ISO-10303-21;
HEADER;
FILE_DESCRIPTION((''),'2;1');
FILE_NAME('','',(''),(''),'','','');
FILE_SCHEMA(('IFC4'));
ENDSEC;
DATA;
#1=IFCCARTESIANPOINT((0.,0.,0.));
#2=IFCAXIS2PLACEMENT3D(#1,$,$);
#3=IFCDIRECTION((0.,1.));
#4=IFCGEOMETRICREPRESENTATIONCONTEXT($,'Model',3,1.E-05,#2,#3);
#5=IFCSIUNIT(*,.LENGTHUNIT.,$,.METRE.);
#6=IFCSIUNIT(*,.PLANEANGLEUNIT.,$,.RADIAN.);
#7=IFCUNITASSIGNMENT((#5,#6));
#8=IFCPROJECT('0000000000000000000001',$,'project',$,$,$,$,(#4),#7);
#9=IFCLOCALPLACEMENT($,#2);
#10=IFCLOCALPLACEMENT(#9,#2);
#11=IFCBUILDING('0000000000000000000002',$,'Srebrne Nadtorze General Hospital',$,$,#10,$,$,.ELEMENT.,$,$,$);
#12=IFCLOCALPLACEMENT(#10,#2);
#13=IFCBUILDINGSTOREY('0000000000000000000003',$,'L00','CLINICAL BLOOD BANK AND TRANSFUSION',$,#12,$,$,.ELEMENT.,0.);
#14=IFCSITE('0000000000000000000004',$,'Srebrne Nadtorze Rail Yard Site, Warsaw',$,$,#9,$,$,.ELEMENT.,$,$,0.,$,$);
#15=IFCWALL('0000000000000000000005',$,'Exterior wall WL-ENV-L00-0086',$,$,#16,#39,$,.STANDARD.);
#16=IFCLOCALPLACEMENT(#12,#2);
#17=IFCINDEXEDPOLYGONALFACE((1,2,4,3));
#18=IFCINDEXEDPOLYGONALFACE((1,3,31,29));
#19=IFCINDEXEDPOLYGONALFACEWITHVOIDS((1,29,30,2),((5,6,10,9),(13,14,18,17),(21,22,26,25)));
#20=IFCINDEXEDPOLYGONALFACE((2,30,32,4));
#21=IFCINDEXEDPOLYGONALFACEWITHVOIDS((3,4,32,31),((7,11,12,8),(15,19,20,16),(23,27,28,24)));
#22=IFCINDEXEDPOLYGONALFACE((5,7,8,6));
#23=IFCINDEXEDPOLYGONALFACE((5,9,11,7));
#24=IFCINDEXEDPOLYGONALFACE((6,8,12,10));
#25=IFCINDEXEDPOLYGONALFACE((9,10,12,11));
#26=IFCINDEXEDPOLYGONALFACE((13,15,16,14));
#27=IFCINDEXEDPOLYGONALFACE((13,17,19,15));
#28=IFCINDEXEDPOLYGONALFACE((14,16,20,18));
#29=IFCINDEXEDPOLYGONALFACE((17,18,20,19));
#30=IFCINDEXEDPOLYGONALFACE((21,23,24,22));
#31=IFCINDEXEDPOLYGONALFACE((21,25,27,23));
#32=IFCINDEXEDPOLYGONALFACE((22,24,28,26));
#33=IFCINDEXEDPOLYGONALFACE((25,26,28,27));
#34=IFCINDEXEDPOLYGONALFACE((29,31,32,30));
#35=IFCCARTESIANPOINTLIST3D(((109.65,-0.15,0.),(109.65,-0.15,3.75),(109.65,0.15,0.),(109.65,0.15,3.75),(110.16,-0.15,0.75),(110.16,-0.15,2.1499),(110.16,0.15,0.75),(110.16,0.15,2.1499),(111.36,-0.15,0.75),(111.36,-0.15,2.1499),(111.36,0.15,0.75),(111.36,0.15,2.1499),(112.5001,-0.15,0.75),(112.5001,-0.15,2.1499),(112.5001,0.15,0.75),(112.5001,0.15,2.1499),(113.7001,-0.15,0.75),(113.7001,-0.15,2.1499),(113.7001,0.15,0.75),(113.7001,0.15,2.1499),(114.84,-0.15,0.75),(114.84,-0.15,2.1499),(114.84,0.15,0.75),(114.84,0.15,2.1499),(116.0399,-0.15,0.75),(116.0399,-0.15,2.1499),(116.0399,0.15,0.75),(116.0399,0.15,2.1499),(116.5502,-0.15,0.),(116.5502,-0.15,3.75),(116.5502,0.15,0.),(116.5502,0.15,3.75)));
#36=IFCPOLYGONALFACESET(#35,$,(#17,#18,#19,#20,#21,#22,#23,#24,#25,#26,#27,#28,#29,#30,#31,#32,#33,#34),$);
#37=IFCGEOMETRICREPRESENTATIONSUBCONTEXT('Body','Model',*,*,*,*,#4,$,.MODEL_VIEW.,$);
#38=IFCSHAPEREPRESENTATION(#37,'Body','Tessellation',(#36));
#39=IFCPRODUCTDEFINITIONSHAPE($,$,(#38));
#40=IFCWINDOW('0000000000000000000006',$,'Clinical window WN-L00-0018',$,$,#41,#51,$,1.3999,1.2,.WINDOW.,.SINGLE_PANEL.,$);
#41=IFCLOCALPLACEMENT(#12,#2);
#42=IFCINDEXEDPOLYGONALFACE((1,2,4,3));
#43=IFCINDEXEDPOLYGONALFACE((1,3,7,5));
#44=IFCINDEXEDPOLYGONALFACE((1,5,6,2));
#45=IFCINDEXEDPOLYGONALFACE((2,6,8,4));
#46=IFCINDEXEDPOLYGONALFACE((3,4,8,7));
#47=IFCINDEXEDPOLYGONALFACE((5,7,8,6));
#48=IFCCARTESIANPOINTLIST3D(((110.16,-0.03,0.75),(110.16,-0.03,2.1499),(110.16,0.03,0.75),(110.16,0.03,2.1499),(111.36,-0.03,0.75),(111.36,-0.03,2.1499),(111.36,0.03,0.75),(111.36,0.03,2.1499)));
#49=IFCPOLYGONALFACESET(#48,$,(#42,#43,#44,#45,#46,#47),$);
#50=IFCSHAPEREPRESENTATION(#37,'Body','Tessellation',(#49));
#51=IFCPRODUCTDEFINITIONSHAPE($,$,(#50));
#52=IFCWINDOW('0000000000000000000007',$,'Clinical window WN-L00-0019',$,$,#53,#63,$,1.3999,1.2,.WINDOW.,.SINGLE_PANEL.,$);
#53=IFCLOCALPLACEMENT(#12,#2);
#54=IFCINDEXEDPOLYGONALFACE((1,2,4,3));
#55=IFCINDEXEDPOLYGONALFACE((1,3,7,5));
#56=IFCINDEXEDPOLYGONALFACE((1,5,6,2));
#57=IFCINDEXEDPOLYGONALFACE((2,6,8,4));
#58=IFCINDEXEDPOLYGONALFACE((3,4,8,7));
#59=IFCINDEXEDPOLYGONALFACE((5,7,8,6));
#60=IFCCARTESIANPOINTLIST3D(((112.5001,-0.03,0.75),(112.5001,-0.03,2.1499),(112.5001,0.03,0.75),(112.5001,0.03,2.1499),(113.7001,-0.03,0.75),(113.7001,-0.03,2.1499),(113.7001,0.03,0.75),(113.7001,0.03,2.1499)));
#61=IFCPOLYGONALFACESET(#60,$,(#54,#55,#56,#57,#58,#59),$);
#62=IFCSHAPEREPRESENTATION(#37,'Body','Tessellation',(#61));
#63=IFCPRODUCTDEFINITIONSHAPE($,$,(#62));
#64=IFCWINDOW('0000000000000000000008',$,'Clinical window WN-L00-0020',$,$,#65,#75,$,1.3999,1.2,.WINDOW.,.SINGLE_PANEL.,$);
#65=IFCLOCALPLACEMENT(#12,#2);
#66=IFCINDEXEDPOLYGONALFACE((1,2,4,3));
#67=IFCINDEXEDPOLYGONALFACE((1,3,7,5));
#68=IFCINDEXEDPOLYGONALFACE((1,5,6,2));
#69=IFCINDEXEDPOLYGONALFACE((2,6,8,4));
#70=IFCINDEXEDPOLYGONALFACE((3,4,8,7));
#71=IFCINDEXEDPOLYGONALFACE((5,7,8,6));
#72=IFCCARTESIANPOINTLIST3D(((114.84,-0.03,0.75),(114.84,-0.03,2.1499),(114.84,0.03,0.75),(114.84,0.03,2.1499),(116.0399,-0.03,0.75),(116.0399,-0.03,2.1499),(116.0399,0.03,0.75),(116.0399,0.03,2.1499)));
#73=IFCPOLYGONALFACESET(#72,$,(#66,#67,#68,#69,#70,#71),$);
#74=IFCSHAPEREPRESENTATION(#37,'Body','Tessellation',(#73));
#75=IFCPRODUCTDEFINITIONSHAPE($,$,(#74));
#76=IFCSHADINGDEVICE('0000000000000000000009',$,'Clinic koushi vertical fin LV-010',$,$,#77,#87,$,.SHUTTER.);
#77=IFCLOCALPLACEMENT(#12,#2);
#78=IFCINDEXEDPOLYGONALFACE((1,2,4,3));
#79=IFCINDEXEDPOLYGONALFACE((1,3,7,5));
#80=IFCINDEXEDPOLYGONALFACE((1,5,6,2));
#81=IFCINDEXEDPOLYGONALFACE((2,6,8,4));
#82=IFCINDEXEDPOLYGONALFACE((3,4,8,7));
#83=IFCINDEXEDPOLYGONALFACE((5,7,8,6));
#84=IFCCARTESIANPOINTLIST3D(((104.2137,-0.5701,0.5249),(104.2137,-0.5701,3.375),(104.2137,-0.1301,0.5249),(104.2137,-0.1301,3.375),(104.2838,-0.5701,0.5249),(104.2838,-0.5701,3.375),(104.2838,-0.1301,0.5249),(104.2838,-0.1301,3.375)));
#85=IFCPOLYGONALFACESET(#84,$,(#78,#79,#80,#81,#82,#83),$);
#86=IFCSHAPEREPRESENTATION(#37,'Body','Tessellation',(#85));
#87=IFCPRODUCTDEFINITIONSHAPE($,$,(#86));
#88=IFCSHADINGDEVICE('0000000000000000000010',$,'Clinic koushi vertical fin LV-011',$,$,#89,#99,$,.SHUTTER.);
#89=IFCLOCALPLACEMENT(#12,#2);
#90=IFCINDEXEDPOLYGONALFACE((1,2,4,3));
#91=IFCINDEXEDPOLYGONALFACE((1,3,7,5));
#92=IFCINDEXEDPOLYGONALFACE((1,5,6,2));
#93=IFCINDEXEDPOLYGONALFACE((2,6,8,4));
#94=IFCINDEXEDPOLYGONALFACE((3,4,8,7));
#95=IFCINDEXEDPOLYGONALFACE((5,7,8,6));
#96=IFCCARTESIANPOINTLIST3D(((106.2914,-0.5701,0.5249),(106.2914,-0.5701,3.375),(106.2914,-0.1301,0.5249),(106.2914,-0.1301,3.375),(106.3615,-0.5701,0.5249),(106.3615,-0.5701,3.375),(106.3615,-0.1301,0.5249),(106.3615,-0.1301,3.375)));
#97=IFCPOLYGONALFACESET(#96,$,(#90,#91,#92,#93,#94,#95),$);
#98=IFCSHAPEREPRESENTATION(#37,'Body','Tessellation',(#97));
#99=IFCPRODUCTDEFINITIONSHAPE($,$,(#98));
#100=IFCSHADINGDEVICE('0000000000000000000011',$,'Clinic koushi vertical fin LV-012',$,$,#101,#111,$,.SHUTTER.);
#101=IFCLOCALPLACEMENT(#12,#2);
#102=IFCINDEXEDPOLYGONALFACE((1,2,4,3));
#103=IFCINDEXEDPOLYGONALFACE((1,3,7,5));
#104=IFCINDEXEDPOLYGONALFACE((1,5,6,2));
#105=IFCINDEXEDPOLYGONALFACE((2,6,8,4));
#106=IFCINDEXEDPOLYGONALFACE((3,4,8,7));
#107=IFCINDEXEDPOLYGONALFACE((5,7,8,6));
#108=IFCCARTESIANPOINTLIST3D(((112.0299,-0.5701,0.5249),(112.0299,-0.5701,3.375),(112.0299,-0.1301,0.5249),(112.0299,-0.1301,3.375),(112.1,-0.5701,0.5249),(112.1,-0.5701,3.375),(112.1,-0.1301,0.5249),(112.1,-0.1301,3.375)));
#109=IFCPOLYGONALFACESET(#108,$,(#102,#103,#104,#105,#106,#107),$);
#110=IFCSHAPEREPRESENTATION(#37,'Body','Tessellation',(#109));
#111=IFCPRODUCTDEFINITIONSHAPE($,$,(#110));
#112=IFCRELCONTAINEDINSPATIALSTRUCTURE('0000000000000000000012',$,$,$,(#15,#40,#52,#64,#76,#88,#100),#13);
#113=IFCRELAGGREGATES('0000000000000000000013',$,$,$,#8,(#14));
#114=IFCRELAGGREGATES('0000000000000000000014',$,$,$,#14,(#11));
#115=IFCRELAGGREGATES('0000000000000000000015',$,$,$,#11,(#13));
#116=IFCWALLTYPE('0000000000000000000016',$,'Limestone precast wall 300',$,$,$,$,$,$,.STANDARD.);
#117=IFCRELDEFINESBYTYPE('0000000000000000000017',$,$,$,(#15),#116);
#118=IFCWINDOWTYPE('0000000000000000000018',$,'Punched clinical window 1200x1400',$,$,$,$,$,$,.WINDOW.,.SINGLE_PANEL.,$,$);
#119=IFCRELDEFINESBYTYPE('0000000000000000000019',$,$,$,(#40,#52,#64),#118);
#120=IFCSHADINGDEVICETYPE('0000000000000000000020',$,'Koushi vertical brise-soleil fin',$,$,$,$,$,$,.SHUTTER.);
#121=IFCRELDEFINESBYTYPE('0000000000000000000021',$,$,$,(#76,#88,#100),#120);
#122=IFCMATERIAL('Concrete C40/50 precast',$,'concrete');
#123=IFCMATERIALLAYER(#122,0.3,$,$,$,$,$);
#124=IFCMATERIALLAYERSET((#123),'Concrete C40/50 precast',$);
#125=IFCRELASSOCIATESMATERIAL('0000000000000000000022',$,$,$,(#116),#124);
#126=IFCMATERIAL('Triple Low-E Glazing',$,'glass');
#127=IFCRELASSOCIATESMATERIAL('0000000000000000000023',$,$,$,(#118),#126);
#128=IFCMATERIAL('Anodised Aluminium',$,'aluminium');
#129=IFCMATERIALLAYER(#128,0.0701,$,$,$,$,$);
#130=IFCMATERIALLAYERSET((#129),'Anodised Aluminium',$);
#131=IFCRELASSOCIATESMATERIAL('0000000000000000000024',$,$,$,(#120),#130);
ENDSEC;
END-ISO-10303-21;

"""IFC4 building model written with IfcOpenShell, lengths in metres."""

from ifc_helpers import new_model, si_unit, direction, frame, frame_2d, origin, origin_2d, place, context, subcontext, project, spatial, rectangle, extrude, material, layer, layer_set, type_object, element, fill, save


model = new_model("IFC4")

# Units and contexts
model_context = context("Model", 3, precision=1e-05, world=origin(), true_north=direction((0.0, 1.0)))
body_context = subcontext(model_context, "Body", "Model", "MODEL_VIEW")
ifc_project = project(units=[si_unit("LENGTHUNIT", "METRE"), si_unit("PLANEANGLEUNIT", "RADIAN")], contexts=[model_context])

# Site, building, storey
site_placement = place(None, origin())
site = spatial("IfcSite", under=ifc_project, at=site_placement, Name="Srebrne Nadtorze Rail Yard Site, Warsaw", CompositionType="ELEMENT", RefElevation=0.0)
building_placement = place(site_placement, origin())
building = spatial("IfcBuilding", under=site, at=building_placement, Name="Srebrne Nadtorze General Hospital", CompositionType="ELEMENT")
storey_placement = place(building_placement, origin())
storey = spatial("IfcBuildingStorey", under=building, at=storey_placement, Name="L00", Description="CLINICAL BLOOD BANK AND TRANSFUSION", CompositionType="ELEMENT", Elevation=0.0)

# Wall, openings, windows
ifc_material_1 = material(Name="Concrete C40/50 precast", Category="concrete")
ifc_layer_1 = layer(ifc_material_1, 0.3)
ifc_layer_set_1 = layer_set([ifc_layer_1], Name="Concrete C40/50 precast")
wall_type_1 = type_object("IfcWallType", Name="Limestone precast wall 300", PredefinedType="STANDARD", material=ifc_layer_set_1)
wall_1_placement = place(storey_placement, frame((109.6499, 0.0, 0.0), z_axis=(0.0, 0.0, 1.0), x_axis=(1.0, 0.0, 0.0)))
wall_1 = element("IfcWall", 1, at=wall_1_placement, inside=storey, type_object=wall_type_1, Name="Exterior wall WL-ENV-L00-0086", PredefinedType="STANDARD", context=body_context, shape_type="SweptSolid", body=[
    extrude(rectangle(XDim=6.9001, YDim=0.3, at=frame_2d((3.4502, 0.0))), origin(), (0.0, 0.0, 1.0), 3.75),
])
opening_1_placement = place(wall_1_placement, frame((0.51, 0.0, 0.75)))
opening_1 = element("IfcOpeningElement", 2, at=opening_1_placement, cuts=wall_1, PredefinedType="OPENING", context=body_context, shape_type="SweptSolid", body=[
    extrude(rectangle(XDim=1.2, YDim=1.3999, at=frame_2d((0.6001, 0.7))), frame((0.0, 0.1621, 0.0), z_axis=(0.0, -1.0, 0.0), x_axis=(1.0, 0.0, 0.0)), (0.0, 0.0, 1.0), 0.324),
])
opening_2_placement = place(wall_1_placement, frame((2.8501, 0.0, 0.75)))
opening_2 = element("IfcOpeningElement", 3, at=opening_2_placement, cuts=wall_1, PredefinedType="OPENING", context=body_context, shape_type="SweptSolid", body=[
    extrude(rectangle(XDim=1.2, YDim=1.3999, at=frame_2d((0.6001, 0.7))), frame((0.0, 0.1621, 0.0), z_axis=(0.0, -1.0, 0.0), x_axis=(1.0, 0.0, 0.0)), (0.0, 0.0, 1.0), 0.324),
])
opening_3_placement = place(wall_1_placement, frame((5.1899, 0.0, 0.75)))
opening_3 = element("IfcOpeningElement", 4, at=opening_3_placement, cuts=wall_1, PredefinedType="OPENING", context=body_context, shape_type="SweptSolid", body=[
    extrude(rectangle(XDim=1.2, YDim=1.3999, at=frame_2d((0.6001, 0.7))), frame((0.0, 0.1621, 0.0), z_axis=(0.0, -1.0, 0.0), x_axis=(1.0, 0.0, 0.0)), (0.0, 0.0, 1.0), 0.324),
])
ifc_material_2 = material(Name="Triple Low-E Glazing", Category="glass")
window_type_1 = type_object("IfcWindowType", Name="Punched clinical window 1200x1400", PartitioningType="SINGLE_PANEL", PredefinedType="WINDOW", material=ifc_material_2)
window_1_placement = place(opening_1_placement, origin())
window_1 = element("IfcWindow", 5, at=window_1_placement, inside=storey, type_object=window_type_1, Name="Clinical window WN-L00-0018", OverallHeight=1.3999, OverallWidth=1.2, PartitioningType="SINGLE_PANEL", PredefinedType="WINDOW", context=body_context, shape_type="SweptSolid", body=[
    extrude(rectangle(XDim=1.2, YDim=1.3999, at=frame_2d((0.6001, 0.7))), frame((0.0, 0.03, 0.0), z_axis=(0.0, -1.0, 0.0), x_axis=(1.0, 0.0, 0.0)), (0.0, 0.0, 1.0), 0.0601),
])
fill(opening_1, window_1)
window_2_placement = place(opening_2_placement, origin())
window_2 = element("IfcWindow", 6, at=window_2_placement, inside=storey, type_object=window_type_1, Name="Clinical window WN-L00-0019", OverallHeight=1.3999, OverallWidth=1.2, PartitioningType="SINGLE_PANEL", PredefinedType="WINDOW", context=body_context, shape_type="SweptSolid", body=[
    extrude(rectangle(XDim=1.2, YDim=1.3999, at=frame_2d((0.6001, 0.7))), frame((0.0, 0.03, 0.0), z_axis=(0.0, -1.0, 0.0), x_axis=(1.0, 0.0, 0.0)), (0.0, 0.0, 1.0), 0.0601),
])
fill(opening_2, window_2)
window_3_placement = place(opening_3_placement, origin())
window_3 = element("IfcWindow", 7, at=window_3_placement, inside=storey, type_object=window_type_1, Name="Clinical window WN-L00-0020", OverallHeight=1.3999, OverallWidth=1.2, PartitioningType="SINGLE_PANEL", PredefinedType="WINDOW", context=body_context, shape_type="SweptSolid", body=[
    extrude(rectangle(XDim=1.2, YDim=1.3999, at=frame_2d((0.6001, 0.7))), frame((0.0, 0.03, 0.0), z_axis=(0.0, -1.0, 0.0), x_axis=(1.0, 0.0, 0.0)), (0.0, 0.0, 1.0), 0.0601),
])
fill(opening_3, window_3)

# Shading devices
ifc_material_3 = material(Name="Anodised Aluminium", Category="aluminium")
ifc_layer_2 = layer(ifc_material_3, 0.0701)
ifc_layer_set_2 = layer_set([ifc_layer_2], Name="Anodised Aluminium")
shading_device_type = type_object("IfcShadingDeviceType", Name="Koushi vertical brise-soleil fin", PredefinedType="SHUTTER", material=ifc_layer_set_2)
for number, where, z_axis, x_axis, name in (
    (8, (104.2488, -0.3501, 0.5249), (0.0, 0.0, 1.0), (1.0, 0.0, 0.0), "Clinic koushi vertical fin LV-010"),
    (9, (106.3264, -0.3501, 0.5249), (0.0, 0.0, 1.0), (1.0, 0.0, 0.0), "Clinic koushi vertical fin LV-011"),
    (10, (112.0649, -0.3501, 0.5249), (0.0, 0.0, 1.0), (1.0, 0.0, 0.0), "Clinic koushi vertical fin LV-012"),
):
    element("IfcShadingDevice", number, at=place(storey_placement, frame(where, z_axis=z_axis, x_axis=x_axis)), inside=storey, type_object=shading_device_type, Name=name, PredefinedType="SHUTTER", context=body_context, shape_type="SweptSolid", body=[
        extrude(rectangle(XDim=0.0701, YDim=0.4399, at=origin_2d()), origin(), (0.0, 0.0, 1.0), 2.8501),
    ])

save(model, "model.ifc")
